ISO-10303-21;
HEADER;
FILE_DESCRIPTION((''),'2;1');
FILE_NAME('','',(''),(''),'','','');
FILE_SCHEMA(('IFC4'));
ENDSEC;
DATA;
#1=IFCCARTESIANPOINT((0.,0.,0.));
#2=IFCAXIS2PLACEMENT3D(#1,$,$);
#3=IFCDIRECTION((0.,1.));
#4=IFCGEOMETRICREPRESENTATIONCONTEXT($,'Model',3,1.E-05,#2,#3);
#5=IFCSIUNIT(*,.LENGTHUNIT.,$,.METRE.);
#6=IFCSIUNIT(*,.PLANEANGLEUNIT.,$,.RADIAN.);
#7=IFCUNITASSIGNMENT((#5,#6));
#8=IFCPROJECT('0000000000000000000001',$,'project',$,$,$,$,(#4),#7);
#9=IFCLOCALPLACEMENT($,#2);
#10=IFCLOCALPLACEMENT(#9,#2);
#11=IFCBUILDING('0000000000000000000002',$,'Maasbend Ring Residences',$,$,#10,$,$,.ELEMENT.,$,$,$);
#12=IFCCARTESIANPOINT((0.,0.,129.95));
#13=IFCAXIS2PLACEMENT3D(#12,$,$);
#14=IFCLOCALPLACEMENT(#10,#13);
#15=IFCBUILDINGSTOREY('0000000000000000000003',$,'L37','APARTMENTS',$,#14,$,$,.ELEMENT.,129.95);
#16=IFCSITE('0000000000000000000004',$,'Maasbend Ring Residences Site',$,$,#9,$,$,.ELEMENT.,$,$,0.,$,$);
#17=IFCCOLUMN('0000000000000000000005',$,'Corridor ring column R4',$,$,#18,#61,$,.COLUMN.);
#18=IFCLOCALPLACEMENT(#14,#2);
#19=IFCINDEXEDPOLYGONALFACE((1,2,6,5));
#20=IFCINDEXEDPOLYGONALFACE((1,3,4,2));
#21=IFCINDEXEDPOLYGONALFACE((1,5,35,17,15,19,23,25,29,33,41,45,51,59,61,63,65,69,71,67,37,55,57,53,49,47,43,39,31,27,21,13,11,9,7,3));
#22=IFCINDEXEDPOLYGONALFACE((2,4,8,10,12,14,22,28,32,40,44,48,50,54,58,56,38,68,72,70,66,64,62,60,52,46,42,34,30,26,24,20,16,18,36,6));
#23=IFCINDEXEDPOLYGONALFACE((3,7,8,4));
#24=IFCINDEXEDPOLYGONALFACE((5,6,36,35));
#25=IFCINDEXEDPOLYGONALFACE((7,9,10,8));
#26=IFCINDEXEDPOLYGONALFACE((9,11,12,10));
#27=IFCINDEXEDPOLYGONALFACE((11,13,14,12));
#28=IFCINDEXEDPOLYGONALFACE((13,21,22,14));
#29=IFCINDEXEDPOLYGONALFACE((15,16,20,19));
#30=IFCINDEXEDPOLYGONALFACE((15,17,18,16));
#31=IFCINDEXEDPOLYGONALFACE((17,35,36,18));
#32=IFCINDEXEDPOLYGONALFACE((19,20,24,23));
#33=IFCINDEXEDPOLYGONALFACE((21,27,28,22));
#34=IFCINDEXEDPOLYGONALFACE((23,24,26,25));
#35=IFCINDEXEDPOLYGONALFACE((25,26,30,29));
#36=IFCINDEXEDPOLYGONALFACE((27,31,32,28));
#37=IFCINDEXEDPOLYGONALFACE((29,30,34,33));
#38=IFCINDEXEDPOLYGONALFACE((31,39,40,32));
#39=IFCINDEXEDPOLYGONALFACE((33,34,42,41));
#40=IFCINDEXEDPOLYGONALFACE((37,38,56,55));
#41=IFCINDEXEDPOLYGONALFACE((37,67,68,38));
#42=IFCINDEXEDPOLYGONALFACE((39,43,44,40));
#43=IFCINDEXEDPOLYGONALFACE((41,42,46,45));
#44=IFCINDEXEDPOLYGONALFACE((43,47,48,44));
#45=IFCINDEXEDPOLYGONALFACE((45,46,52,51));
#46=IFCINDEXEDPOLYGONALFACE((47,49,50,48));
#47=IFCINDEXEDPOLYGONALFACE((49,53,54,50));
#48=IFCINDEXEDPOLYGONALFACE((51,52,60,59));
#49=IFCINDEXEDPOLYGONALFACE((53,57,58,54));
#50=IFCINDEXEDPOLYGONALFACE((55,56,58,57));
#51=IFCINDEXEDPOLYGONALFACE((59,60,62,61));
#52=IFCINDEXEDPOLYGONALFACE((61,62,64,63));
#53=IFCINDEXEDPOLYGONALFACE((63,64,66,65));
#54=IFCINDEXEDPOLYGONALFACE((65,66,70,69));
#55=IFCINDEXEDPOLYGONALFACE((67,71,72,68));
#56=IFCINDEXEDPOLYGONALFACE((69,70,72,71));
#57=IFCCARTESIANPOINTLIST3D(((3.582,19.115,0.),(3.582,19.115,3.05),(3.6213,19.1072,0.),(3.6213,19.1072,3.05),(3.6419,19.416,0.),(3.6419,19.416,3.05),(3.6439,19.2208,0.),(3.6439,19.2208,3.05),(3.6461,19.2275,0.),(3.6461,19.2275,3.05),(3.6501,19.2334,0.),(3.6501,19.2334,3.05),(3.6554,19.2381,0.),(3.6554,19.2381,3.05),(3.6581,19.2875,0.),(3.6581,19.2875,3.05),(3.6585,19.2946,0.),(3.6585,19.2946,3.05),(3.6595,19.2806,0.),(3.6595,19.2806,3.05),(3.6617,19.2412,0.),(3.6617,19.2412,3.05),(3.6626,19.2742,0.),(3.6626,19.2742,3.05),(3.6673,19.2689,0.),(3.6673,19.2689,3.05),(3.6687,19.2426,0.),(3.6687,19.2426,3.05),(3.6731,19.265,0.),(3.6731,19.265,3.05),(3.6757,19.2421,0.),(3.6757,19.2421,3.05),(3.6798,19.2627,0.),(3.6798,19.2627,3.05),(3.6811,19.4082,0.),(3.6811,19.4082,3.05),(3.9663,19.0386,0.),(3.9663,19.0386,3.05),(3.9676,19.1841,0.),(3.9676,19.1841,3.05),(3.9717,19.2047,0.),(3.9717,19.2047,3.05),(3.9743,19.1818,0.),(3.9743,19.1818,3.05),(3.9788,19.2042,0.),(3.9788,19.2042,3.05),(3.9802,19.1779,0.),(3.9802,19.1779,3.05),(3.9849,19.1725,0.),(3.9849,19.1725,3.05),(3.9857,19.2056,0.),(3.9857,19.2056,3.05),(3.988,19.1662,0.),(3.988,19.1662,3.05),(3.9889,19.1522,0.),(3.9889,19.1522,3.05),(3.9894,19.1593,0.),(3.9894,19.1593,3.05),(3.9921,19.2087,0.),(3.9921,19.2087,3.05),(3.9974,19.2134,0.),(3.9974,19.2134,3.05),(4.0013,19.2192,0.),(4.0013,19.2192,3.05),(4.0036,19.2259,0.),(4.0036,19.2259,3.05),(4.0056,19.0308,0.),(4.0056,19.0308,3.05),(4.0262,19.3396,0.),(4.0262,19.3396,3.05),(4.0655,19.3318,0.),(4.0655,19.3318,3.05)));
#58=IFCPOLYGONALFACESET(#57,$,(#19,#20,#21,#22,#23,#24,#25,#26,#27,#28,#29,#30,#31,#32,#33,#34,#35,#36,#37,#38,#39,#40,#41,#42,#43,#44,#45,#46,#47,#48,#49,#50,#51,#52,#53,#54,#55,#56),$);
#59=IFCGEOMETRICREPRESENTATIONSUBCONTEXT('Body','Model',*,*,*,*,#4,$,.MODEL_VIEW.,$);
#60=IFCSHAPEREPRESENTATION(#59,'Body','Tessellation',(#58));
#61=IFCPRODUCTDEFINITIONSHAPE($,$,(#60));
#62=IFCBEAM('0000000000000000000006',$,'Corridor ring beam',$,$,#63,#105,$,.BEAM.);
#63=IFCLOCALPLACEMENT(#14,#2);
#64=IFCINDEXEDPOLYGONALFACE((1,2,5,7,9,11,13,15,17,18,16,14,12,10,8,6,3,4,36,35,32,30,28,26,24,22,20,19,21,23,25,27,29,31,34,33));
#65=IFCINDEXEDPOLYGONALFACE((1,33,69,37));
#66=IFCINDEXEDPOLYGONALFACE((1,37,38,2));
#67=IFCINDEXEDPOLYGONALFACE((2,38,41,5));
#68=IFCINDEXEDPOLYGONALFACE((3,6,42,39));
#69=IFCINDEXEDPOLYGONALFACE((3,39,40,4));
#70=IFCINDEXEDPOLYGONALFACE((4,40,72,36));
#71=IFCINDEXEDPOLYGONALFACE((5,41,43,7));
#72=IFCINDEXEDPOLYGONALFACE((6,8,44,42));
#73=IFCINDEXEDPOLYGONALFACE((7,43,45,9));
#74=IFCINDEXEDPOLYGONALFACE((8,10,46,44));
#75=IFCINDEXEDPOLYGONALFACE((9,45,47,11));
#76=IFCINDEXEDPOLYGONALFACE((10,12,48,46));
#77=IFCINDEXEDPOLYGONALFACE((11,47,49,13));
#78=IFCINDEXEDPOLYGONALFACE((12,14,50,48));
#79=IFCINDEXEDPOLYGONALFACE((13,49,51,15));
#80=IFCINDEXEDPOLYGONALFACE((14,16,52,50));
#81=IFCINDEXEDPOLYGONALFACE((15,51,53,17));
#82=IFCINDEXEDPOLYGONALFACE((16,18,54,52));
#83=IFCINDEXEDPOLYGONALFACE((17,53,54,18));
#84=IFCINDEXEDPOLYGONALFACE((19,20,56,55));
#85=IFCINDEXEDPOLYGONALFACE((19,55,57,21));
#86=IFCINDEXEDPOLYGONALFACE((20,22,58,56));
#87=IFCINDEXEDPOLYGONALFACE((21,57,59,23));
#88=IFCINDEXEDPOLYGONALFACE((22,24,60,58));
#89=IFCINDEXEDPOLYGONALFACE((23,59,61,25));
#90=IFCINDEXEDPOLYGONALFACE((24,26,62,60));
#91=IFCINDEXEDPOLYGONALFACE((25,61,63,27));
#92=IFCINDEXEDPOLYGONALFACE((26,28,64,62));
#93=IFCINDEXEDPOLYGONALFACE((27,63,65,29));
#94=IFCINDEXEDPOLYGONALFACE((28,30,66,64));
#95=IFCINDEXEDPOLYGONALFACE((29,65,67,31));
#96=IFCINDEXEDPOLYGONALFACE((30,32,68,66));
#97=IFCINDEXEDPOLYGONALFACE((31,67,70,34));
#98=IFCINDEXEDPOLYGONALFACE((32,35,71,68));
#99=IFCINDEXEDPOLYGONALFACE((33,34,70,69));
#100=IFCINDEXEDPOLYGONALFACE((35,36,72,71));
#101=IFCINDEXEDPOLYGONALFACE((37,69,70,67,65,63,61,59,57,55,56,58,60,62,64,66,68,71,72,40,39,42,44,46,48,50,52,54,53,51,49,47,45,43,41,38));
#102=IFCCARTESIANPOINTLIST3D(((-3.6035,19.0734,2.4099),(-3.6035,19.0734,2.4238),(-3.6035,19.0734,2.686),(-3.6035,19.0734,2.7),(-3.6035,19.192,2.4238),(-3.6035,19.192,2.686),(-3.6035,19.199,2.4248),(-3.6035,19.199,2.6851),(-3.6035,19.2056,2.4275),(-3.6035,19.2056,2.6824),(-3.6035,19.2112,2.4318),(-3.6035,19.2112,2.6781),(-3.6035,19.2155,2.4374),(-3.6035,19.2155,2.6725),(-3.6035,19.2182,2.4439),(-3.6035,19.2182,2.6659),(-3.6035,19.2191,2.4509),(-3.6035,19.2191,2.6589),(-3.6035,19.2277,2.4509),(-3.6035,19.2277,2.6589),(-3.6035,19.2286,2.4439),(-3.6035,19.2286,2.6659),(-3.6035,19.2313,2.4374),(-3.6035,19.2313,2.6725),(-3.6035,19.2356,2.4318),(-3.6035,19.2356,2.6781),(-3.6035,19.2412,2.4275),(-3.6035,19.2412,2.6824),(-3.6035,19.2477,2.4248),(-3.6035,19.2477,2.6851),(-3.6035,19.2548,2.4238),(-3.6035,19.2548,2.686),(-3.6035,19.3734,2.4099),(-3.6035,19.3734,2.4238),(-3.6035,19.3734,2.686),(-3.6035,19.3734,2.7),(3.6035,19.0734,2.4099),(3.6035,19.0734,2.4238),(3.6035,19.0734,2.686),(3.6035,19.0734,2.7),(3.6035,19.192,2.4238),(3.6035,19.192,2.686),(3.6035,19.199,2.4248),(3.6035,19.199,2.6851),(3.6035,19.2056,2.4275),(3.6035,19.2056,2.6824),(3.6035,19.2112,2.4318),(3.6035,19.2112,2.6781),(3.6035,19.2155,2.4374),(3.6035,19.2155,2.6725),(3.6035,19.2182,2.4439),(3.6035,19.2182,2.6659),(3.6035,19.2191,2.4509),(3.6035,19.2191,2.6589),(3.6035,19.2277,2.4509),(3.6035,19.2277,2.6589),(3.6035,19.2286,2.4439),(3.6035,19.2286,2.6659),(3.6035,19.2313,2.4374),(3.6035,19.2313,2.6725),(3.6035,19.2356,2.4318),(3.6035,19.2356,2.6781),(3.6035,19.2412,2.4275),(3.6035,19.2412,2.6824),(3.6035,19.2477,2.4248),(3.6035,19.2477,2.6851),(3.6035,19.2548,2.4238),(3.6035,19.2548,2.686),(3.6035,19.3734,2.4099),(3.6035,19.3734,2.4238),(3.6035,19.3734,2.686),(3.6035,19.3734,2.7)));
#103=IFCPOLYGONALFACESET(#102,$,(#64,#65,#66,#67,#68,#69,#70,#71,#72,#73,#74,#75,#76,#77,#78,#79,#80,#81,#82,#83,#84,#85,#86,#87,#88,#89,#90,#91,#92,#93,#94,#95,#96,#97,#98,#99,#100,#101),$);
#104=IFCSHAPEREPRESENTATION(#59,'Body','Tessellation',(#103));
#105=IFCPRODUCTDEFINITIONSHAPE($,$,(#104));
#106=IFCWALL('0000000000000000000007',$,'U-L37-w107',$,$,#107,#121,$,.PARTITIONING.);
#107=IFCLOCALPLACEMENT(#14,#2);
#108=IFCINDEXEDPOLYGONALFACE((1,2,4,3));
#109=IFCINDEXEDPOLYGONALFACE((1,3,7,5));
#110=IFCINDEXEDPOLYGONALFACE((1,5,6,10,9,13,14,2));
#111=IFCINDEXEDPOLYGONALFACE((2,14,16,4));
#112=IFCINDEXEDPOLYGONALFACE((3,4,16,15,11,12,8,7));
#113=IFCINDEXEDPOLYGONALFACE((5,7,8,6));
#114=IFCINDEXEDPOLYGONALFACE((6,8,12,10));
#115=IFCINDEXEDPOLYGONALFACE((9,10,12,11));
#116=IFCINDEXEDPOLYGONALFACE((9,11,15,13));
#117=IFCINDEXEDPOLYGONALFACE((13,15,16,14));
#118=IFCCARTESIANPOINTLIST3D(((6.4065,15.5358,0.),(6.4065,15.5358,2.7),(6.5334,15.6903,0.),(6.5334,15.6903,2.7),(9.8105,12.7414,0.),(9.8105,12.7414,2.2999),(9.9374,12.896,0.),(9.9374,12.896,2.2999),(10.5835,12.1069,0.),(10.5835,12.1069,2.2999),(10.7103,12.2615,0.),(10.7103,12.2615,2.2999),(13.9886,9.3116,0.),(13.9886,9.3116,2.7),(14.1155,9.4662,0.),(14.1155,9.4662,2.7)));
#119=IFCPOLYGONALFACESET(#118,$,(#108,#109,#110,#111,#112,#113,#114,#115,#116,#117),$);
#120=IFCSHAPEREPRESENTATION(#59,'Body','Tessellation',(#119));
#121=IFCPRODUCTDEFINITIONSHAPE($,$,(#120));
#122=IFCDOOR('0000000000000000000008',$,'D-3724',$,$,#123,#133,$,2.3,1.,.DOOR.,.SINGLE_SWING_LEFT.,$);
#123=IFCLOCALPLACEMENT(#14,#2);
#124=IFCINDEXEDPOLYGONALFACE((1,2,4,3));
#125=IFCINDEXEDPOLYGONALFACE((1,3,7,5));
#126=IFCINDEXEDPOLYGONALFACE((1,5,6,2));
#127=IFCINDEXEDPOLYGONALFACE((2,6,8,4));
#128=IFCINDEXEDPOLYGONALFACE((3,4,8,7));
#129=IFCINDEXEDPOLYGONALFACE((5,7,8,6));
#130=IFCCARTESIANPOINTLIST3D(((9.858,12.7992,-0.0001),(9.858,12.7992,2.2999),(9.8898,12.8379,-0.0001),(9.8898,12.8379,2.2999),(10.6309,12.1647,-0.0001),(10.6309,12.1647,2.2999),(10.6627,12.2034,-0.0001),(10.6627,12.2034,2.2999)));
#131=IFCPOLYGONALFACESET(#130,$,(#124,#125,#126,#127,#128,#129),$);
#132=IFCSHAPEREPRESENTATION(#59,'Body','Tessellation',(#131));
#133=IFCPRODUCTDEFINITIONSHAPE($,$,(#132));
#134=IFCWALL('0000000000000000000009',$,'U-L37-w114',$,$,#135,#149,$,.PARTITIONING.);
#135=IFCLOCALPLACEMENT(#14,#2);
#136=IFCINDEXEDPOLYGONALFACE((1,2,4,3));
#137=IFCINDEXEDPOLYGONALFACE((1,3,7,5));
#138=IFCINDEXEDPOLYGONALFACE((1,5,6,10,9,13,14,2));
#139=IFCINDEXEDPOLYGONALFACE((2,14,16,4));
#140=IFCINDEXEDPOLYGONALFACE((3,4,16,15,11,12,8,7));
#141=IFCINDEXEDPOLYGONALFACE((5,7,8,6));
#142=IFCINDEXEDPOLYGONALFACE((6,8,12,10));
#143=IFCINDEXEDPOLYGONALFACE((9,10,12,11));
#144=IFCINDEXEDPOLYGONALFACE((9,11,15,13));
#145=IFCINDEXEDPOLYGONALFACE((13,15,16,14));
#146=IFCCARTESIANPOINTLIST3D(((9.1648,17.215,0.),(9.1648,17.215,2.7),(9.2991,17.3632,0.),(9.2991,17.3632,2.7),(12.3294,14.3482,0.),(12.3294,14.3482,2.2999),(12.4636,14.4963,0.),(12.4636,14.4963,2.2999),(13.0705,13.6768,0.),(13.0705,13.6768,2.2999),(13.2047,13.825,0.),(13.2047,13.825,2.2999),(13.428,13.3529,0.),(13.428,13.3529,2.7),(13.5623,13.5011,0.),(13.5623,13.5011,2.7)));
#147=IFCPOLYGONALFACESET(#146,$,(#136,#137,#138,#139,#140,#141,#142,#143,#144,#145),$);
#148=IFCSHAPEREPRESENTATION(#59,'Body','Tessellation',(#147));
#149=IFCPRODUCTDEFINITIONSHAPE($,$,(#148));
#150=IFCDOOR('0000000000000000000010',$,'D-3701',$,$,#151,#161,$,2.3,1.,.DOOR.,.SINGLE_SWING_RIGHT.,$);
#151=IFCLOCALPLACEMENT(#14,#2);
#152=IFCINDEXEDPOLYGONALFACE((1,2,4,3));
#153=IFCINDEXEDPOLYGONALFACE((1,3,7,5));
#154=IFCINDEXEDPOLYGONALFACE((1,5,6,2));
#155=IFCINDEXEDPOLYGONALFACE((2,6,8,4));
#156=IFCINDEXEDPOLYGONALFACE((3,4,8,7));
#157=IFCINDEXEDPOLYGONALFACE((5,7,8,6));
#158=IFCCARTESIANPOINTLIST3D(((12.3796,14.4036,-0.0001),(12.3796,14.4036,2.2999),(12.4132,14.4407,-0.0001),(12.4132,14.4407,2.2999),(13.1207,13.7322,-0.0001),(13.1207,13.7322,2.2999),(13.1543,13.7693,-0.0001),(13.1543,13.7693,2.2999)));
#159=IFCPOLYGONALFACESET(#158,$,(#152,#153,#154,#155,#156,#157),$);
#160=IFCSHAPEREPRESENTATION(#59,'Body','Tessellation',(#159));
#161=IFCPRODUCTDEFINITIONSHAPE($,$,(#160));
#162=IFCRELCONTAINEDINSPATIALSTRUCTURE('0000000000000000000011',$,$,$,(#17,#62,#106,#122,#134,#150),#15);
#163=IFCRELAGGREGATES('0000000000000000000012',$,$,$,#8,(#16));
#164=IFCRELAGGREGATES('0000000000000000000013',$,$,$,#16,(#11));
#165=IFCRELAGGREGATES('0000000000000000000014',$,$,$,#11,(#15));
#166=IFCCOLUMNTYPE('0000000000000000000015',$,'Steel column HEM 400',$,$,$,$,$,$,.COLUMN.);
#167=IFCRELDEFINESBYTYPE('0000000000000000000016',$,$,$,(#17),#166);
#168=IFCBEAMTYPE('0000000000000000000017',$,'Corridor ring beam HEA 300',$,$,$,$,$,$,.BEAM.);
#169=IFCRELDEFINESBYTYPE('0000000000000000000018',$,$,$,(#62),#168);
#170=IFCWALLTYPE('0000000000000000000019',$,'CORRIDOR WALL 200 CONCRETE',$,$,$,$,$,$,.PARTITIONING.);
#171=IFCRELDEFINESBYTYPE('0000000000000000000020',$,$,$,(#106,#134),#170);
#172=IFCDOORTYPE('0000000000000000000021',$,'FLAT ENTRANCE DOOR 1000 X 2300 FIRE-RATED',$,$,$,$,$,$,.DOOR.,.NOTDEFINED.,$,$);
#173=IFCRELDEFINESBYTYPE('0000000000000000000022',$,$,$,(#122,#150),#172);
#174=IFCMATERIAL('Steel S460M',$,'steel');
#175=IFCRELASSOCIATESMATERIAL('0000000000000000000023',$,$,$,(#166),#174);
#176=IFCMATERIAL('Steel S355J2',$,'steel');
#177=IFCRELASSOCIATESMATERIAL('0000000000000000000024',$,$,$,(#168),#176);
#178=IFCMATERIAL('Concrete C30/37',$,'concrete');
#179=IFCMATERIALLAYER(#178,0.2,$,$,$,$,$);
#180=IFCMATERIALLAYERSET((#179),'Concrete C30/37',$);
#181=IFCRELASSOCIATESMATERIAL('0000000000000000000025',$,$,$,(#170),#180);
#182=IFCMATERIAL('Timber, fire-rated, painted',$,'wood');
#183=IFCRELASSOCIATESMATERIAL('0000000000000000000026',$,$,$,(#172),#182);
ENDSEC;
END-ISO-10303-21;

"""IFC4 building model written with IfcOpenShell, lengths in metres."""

from ifc_helpers import new_model, si_unit, direction, frame, frame_2d, origin, origin_2d, place, context, subcontext, project, spatial, rectangle, i_section, extrude, material, layer, layer_set, material_profile, profile_set, type_object, element, fill, save


model = new_model("IFC4")

# Units and contexts
model_context = context("Model", 3, precision=1e-05, world=origin(), true_north=direction((0.0, 1.0)))
body_context = subcontext(model_context, "Body", "Model", "MODEL_VIEW")
ifc_project = project(units=[si_unit("LENGTHUNIT", "METRE"), si_unit("PLANEANGLEUNIT", "RADIAN")], contexts=[model_context])

# Site, building, storey
site_placement = place(None, origin())
site = spatial("IfcSite", under=ifc_project, at=site_placement, Name="Maasbend Ring Residences Site", CompositionType="ELEMENT", RefElevation=0.0)
building_placement = place(site_placement, origin())
building = spatial("IfcBuilding", under=site, at=building_placement, Name="Maasbend Ring Residences", CompositionType="ELEMENT")
storey_placement = place(building_placement, frame((0.0, 0.0, 129.95)))
storey = spatial("IfcBuildingStorey", under=building, at=storey_placement, Name="L37", Description="APARTMENTS", CompositionType="ELEMENT", Elevation=129.95)

# Column
ifc_material_1 = material(Name="Steel S460M", Category="steel")
ifc_material_profile_1 = material_profile(ifc_material_1, i_section(OverallWidth=0.3069, OverallDepth=0.4319, WebThickness=0.021, FlangeThickness=0.04, FilletRadius=0.0271, at=origin_2d()), Name="HEM 400")
ifc_profile_set_1 = profile_set([ifc_material_profile_1], Name="Steel S460M")
column_type = type_object("IfcColumnType", Name="Steel column HEM 400", PredefinedType="COLUMN", material=ifc_profile_set_1)
column_placement = place(storey_placement, frame((3.8237, 19.2234, 0.0), z_axis=(0.0, 0.0, 1.0), x_axis=(0.19509, 0.980785, 0.0)))
element("IfcColumn", 1, at=column_placement, inside=storey, type_object=column_type, Name="Corridor ring column R4", PredefinedType="COLUMN", context=body_context, shape_type="SweptSolid", body=[
    extrude(i_section(OverallWidth=0.3069, OverallDepth=0.4319, WebThickness=0.021, FlangeThickness=0.04, FilletRadius=0.0271, at=origin_2d()), origin(), (0.0, 0.0, 1.0), 3.05),
])

# Beam
ifc_material_2 = material(Name="Steel S355J2", Category="steel")
ifc_material_profile_2 = material_profile(ifc_material_2, i_section(OverallWidth=0.3, OverallDepth=0.29, WebThickness=0.0085, FlangeThickness=0.0139, FilletRadius=0.0271, at=origin_2d()), Name="HEA 300")
ifc_profile_set_2 = profile_set([ifc_material_profile_2], Name="Steel S355J2")
beam_type = type_object("IfcBeamType", Name="Corridor ring beam HEA 300", PredefinedType="BEAM", material=ifc_profile_set_2)
beam_placement = place(storey_placement, frame((3.6035, 19.2234, 2.5549), z_axis=(-1.0, 0.0, 0.0), x_axis=(0.0, -1.0, 0.0)))
element("IfcBeam", 2, at=beam_placement, inside=storey, type_object=beam_type, Name="Corridor ring beam", PredefinedType="BEAM", context=body_context, shape_type="SweptSolid", body=[
    extrude(i_section(OverallWidth=0.3, OverallDepth=0.29, WebThickness=0.0085, FlangeThickness=0.0139, FilletRadius=0.0271, at=origin_2d()), origin(), (0.0, 0.0, 1.0), 7.207),
])

# Walls, openings, doors
ifc_material_3 = material(Name="Concrete C30/37", Category="concrete")
ifc_layer_1 = layer(ifc_material_3, 0.2)
ifc_layer_set_1 = layer_set([ifc_layer_1], Name="Concrete C30/37")
wall_type_1 = type_object("IfcWallType", Name="CORRIDOR WALL 200 CONCRETE", PredefinedType="PARTITIONING", material=ifc_layer_set_1)
wall_1_placement = place(storey_placement, frame((6.47, 15.613, 0.0), z_axis=(0.0, 0.0, 1.0), x_axis=(0.772925, -0.634497, 0.0)))
wall_1 = element("IfcWall", 3, at=wall_1_placement, inside=storey, type_object=wall_type_1, Name="U-L37-w107", PredefinedType="PARTITIONING", context=body_context, shape_type="SweptSolid", body=[
    extrude(rectangle(XDim=9.8096, YDim=0.2, at=frame_2d((4.9048, 0.0))), origin(), (0.0, 0.0, 1.0), 2.7),
])
opening_1_placement = place(wall_1_placement, frame((4.4041, 0.0, 0.0)))
opening_1 = element("IfcOpeningElement", 4, at=opening_1_placement, cuts=wall_1, PredefinedType="OPENING", context=body_context, shape_type="SweptSolid", body=[
    extrude(rectangle(XDim=1.0, YDim=2.3, at=frame_2d((0.5, 1.1499))), frame((0.0, 0.1099, 0.0), z_axis=(0.0, -1.0, 0.0), x_axis=(1.0, 0.0, 0.0)), (0.0, 0.0, 1.0), 0.22),
])
ifc_material_4 = material(Name="Timber, fire-rated, painted", Category="wood")
door_type_1 = type_object("IfcDoorType", Name="FLAT ENTRANCE DOOR 1000 X 2300 FIRE-RATED", OperationType="NOTDEFINED", PredefinedType="DOOR", material=ifc_material_4)
door_1_placement = place(opening_1_placement, origin())
door_1 = element("IfcDoor", 5, at=door_1_placement, inside=storey, type_object=door_type_1, Name="D-3724", OperationType="SINGLE_SWING_LEFT", OverallHeight=2.3, OverallWidth=1.0, PredefinedType="DOOR", context=body_context, shape_type="SweptSolid", body=[
    extrude(rectangle(XDim=1.0, YDim=2.3, at=frame_2d((0.5, 1.1499))), frame((0.0, 0.0249, 0.0), z_axis=(0.0, -1.0, 0.0), x_axis=(1.0, 0.0, 0.0)), (0.0, 0.0, 1.0), 0.05),
])
fill(opening_1, door_1)
wall_2_placement = place(storey_placement, frame((9.2319, 17.2891, 0.0), z_axis=(0.0, 0.0, 1.0), x_axis=(0.741112, -0.671381, 0.0)))
wall_2 = element("IfcWall", 6, at=wall_2_placement, inside=storey, type_object=wall_type_1, Name="U-L37-w114", PredefinedType="PARTITIONING", context=body_context, shape_type="SweptSolid", body=[
    extrude(rectangle(XDim=5.7524, YDim=0.2, at=frame_2d((2.8762, 0.0))), origin(), (0.0, 0.0, 1.0), 2.7),
])
opening_2_placement = place(wall_2_placement, frame((4.27, 0.0, 0.0)))
opening_2 = element("IfcOpeningElement", 7, at=opening_2_placement, cuts=wall_2, PredefinedType="OPENING", context=body_context, shape_type="SweptSolid", body=[
    extrude(rectangle(XDim=1.0, YDim=2.3, at=frame_2d((0.5, 1.1499))), frame((0.0, 0.1099, 0.0), z_axis=(0.0, -1.0, 0.0), x_axis=(1.0, 0.0, 0.0)), (0.0, 0.0, 1.0), 0.22),
])
door_2_placement = place(opening_2_placement, origin())
door_2 = element("IfcDoor", 8, at=door_2_placement, inside=storey, type_object=door_type_1, Name="D-3701", OperationType="SINGLE_SWING_RIGHT", OverallHeight=2.3, OverallWidth=1.0, PredefinedType="DOOR", context=body_context, shape_type="SweptSolid", body=[
    extrude(rectangle(XDim=1.0, YDim=2.3, at=frame_2d((0.5, 1.1499))), frame((0.0, 0.0249, 0.0), z_axis=(0.0, -1.0, 0.0), x_axis=(1.0, 0.0, 0.0)), (0.0, 0.0, 1.0), 0.05),
])
fill(opening_2, door_2)

save(model, "model.ifc")
